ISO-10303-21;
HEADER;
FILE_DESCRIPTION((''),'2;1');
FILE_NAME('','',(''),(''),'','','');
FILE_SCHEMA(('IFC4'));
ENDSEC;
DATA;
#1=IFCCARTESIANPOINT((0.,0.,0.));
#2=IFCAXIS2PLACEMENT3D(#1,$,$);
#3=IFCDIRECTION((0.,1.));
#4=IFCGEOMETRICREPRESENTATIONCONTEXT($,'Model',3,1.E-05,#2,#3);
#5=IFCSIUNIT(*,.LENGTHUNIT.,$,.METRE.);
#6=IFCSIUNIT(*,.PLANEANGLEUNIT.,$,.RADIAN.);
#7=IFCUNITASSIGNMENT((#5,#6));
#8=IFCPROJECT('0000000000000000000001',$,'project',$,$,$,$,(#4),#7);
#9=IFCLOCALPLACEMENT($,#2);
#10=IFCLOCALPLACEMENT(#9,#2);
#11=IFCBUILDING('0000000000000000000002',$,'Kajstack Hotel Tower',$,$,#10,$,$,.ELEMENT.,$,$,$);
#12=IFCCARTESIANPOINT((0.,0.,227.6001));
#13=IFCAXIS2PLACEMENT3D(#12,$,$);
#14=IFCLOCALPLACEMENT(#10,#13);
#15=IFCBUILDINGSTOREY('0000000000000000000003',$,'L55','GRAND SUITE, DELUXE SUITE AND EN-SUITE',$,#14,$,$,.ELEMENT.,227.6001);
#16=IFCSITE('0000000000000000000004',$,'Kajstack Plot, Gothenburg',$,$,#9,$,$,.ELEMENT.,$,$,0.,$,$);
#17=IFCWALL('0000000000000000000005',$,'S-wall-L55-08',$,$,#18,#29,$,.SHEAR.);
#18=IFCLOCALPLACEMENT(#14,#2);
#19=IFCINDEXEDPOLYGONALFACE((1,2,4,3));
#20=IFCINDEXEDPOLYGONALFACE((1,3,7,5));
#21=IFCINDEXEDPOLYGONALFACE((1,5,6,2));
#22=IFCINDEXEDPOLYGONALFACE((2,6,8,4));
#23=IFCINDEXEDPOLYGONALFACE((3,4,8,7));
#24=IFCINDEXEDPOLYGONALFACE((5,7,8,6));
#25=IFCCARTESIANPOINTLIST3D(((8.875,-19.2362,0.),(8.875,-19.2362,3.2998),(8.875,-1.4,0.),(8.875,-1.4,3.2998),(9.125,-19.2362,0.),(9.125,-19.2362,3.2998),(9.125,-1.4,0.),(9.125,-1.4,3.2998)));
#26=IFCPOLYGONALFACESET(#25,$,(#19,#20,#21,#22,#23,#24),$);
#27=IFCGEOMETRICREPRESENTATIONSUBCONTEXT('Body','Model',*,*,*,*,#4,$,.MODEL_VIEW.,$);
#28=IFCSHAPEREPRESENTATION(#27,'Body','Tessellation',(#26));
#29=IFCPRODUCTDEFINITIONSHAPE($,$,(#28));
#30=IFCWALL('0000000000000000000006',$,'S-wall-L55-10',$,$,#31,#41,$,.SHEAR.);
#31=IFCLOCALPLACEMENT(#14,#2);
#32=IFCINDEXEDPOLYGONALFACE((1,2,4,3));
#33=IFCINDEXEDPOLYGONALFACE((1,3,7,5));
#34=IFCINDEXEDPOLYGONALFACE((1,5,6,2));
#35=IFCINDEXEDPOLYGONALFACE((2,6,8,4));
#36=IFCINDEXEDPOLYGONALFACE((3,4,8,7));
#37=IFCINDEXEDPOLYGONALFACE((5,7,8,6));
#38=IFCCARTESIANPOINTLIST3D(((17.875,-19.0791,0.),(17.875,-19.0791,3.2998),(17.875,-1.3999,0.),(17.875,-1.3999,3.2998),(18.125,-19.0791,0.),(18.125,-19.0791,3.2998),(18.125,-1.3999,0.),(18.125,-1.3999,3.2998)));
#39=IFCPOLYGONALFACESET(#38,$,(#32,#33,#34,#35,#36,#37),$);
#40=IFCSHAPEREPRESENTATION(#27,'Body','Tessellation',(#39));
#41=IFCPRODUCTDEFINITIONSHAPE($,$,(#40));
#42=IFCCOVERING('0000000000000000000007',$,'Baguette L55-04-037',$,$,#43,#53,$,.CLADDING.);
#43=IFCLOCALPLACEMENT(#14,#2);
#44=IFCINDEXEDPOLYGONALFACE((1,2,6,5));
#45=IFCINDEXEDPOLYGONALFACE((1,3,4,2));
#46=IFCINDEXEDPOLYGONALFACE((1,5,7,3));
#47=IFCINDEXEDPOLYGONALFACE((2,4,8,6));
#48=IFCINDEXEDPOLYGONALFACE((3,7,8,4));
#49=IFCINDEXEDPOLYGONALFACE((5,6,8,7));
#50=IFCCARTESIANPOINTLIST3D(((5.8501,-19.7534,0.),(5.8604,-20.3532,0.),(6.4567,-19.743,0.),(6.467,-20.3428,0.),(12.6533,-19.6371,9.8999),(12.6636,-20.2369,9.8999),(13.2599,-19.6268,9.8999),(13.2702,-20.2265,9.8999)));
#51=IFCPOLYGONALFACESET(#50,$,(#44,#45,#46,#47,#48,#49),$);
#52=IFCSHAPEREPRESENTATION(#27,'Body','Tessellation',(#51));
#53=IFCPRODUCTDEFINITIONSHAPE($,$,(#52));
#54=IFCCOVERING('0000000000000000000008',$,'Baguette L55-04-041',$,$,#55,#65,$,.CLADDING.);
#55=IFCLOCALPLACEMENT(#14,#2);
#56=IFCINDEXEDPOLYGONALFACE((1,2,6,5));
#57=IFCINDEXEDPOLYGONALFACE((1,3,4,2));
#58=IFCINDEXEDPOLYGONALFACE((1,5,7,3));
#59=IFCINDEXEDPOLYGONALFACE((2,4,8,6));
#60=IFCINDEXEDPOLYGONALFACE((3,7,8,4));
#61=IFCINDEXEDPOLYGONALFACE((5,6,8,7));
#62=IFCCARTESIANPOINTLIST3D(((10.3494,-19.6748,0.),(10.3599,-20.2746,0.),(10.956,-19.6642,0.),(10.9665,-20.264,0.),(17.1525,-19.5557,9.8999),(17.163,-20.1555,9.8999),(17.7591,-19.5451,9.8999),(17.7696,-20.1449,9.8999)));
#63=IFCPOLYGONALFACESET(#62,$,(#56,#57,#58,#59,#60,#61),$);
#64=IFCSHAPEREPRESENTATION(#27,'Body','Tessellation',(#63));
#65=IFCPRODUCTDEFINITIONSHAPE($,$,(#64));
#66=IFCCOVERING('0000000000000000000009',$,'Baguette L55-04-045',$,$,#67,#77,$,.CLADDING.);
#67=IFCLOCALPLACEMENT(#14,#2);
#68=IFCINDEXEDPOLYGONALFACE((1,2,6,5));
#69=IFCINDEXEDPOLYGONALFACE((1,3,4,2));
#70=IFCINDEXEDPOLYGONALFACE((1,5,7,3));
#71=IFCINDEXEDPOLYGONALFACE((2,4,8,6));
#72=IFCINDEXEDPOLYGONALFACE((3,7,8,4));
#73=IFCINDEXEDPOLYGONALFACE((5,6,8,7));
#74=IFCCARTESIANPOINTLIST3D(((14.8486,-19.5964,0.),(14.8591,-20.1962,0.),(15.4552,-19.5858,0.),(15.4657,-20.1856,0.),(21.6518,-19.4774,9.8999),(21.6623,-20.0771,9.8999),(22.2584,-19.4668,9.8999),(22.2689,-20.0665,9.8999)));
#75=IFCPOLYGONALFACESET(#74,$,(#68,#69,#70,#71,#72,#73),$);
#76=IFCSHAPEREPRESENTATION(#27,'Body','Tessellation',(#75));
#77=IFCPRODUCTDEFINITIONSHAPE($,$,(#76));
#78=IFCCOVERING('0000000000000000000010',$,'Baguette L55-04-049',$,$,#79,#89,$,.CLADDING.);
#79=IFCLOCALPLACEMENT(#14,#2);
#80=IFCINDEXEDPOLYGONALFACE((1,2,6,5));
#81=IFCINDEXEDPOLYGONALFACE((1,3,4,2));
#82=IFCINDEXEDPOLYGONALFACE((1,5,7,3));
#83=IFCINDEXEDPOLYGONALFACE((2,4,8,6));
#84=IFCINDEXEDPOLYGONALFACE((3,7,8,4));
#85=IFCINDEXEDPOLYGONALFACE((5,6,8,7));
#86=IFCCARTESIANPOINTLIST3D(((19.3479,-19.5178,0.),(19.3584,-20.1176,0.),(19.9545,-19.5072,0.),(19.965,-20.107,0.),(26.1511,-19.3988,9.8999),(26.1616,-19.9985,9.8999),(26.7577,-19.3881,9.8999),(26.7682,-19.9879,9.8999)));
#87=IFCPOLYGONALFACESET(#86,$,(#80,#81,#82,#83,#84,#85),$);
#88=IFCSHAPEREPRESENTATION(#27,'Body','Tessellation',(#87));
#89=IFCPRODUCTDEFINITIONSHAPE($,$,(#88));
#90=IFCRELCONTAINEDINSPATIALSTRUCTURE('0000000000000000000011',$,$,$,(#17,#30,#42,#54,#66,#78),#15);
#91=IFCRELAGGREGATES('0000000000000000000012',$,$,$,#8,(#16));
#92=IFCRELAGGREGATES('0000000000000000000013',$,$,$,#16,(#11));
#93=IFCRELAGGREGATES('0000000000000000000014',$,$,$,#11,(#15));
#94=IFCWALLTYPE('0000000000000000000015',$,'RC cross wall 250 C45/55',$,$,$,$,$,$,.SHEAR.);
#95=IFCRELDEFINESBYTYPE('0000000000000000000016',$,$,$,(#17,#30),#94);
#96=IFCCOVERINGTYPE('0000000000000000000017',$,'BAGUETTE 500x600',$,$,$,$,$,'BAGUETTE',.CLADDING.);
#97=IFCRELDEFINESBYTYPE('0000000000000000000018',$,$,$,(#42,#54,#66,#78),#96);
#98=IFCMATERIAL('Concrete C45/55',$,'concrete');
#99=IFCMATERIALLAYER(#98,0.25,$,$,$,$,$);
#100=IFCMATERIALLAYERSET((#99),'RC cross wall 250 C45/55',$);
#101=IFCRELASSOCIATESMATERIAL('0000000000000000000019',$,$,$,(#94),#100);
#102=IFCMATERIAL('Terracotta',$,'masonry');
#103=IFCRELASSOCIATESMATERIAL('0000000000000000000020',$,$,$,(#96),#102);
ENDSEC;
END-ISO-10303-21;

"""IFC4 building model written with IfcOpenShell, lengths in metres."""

from ifc_helpers import new_model, si_unit, direction, frame, frame_2d, origin, origin_2d, place, context, subcontext, project, spatial, polyline, rectangle, outline, extrude, material, layer, layer_set, material_profile, profile_set, type_object, element, save


model = new_model("IFC4")

# Units and contexts
model_context = context("Model", 3, precision=1e-05, world=origin(), true_north=direction((0.0, 1.0)))
body_context = subcontext(model_context, "Body", "Model", "MODEL_VIEW")
ifc_project = project(units=[si_unit("LENGTHUNIT", "METRE"), si_unit("PLANEANGLEUNIT", "RADIAN")], contexts=[model_context])

# Site, building, storey
site_placement = place(None, origin())
site = spatial("IfcSite", under=ifc_project, at=site_placement, Name="Kajstack Plot, Gothenburg", CompositionType="ELEMENT", RefElevation=0.0)
building_placement = place(site_placement, origin())
building = spatial("IfcBuilding", under=site, at=building_placement, Name="Kajstack Hotel Tower", CompositionType="ELEMENT")
storey_placement = place(building_placement, frame((0.0, 0.0, 227.6001)))
storey = spatial("IfcBuildingStorey", under=building, at=storey_placement, Name="L55", Description="GRAND SUITE, DELUXE SUITE AND EN-SUITE", CompositionType="ELEMENT", Elevation=227.6001)

# Walls
ifc_material_1 = material(Name="Concrete C45/55", Category="concrete")
ifc_layer_1 = layer(ifc_material_1, 0.25)
ifc_layer_set_1 = layer_set([ifc_layer_1], Name="RC cross wall 250 C45/55")
wall_type_1 = type_object("IfcWallType", Name="RC cross wall 250 C45/55", PredefinedType="SHEAR", material=ifc_layer_set_1)
wall_1_placement = place(storey_placement, frame((9.0, -19.2361, 0.0), z_axis=(0.0, 0.0, 1.0), x_axis=(0.0, 1.0, 0.0)))
element("IfcWall", 1, at=wall_1_placement, inside=storey, type_object=wall_type_1, Name="S-wall-L55-08", PredefinedType="SHEAR", context=body_context, shape_type="SweptSolid", body=[
    extrude(rectangle(XDim=17.8362, YDim=0.25, at=frame_2d((8.918, 0.0))), origin(), (0.0, 0.0, 1.0), 3.2998),
])
wall_2_placement = place(storey_placement, frame((18.0, -19.0791, 0.0), z_axis=(0.0, 0.0, 1.0), x_axis=(0.0, 1.0, 0.0)))
element("IfcWall", 2, at=wall_2_placement, inside=storey, type_object=wall_type_1, Name="S-wall-L55-10", PredefinedType="SHEAR", context=body_context, shape_type="SweptSolid", body=[
    extrude(rectangle(XDim=17.6792, YDim=0.25, at=frame_2d((8.8396, 0.0))), origin(), (0.0, 0.0, 1.0), 3.2998),
])

# Coverings
ifc_material_2 = material(Name="Terracotta", Category="masonry")
ifc_material_profile = material_profile(ifc_material_2, rectangle(XDim=0.6001, YDim=0.5, at=origin_2d()), Name="Terracotta-clad concrete baguette 500 x 600")
ifc_profile_set = profile_set([ifc_material_profile], Name="Terracotta")
covering_type = type_object("IfcCoveringType", Name="BAGUETTE 500x600", ElementType="BAGUETTE", PredefinedType="CLADDING", material=ifc_profile_set)
for number, where, z_axis, x_axis, name in (
    (3, (5.8501, -19.7534, 0.0), (0.017092, -0.999854, 0.0), (0.999854, 0.017092, 0.0), "Baguette L55-04-037"),
    (4, (10.3494, -19.6748, 0.0), (0.017498, -0.999847, 0.0), (0.999847, 0.017498, 0.0), "Baguette L55-04-041"),
    (5, (14.8486, -19.5964, 0.0), (0.017498, -0.999847, 0.0), (0.999847, 0.017498, 0.0), "Baguette L55-04-045"),
    (6, (19.3479, -19.5178, 0.0), (0.017498, -0.999847, 0.0), (0.999847, 0.017498, 0.0), "Baguette L55-04-049"),
):
    element("IfcCovering", number, at=place(storey_placement, frame(where, z_axis=z_axis, x_axis=x_axis)), inside=storey, type_object=covering_type, Name=name, PredefinedType="CLADDING", context=body_context, shape_type="SweptSolid", body=[
        extrude(outline(polyline([(6.8042, 9.8999), (0.0, 0.0), (0.6067, 0.0), (7.4109, 9.8999), (6.8042, 9.8999)])), origin(), (0.0, 0.0, 1.0), 0.5999),
    ])

save(model, "model.ifc")
